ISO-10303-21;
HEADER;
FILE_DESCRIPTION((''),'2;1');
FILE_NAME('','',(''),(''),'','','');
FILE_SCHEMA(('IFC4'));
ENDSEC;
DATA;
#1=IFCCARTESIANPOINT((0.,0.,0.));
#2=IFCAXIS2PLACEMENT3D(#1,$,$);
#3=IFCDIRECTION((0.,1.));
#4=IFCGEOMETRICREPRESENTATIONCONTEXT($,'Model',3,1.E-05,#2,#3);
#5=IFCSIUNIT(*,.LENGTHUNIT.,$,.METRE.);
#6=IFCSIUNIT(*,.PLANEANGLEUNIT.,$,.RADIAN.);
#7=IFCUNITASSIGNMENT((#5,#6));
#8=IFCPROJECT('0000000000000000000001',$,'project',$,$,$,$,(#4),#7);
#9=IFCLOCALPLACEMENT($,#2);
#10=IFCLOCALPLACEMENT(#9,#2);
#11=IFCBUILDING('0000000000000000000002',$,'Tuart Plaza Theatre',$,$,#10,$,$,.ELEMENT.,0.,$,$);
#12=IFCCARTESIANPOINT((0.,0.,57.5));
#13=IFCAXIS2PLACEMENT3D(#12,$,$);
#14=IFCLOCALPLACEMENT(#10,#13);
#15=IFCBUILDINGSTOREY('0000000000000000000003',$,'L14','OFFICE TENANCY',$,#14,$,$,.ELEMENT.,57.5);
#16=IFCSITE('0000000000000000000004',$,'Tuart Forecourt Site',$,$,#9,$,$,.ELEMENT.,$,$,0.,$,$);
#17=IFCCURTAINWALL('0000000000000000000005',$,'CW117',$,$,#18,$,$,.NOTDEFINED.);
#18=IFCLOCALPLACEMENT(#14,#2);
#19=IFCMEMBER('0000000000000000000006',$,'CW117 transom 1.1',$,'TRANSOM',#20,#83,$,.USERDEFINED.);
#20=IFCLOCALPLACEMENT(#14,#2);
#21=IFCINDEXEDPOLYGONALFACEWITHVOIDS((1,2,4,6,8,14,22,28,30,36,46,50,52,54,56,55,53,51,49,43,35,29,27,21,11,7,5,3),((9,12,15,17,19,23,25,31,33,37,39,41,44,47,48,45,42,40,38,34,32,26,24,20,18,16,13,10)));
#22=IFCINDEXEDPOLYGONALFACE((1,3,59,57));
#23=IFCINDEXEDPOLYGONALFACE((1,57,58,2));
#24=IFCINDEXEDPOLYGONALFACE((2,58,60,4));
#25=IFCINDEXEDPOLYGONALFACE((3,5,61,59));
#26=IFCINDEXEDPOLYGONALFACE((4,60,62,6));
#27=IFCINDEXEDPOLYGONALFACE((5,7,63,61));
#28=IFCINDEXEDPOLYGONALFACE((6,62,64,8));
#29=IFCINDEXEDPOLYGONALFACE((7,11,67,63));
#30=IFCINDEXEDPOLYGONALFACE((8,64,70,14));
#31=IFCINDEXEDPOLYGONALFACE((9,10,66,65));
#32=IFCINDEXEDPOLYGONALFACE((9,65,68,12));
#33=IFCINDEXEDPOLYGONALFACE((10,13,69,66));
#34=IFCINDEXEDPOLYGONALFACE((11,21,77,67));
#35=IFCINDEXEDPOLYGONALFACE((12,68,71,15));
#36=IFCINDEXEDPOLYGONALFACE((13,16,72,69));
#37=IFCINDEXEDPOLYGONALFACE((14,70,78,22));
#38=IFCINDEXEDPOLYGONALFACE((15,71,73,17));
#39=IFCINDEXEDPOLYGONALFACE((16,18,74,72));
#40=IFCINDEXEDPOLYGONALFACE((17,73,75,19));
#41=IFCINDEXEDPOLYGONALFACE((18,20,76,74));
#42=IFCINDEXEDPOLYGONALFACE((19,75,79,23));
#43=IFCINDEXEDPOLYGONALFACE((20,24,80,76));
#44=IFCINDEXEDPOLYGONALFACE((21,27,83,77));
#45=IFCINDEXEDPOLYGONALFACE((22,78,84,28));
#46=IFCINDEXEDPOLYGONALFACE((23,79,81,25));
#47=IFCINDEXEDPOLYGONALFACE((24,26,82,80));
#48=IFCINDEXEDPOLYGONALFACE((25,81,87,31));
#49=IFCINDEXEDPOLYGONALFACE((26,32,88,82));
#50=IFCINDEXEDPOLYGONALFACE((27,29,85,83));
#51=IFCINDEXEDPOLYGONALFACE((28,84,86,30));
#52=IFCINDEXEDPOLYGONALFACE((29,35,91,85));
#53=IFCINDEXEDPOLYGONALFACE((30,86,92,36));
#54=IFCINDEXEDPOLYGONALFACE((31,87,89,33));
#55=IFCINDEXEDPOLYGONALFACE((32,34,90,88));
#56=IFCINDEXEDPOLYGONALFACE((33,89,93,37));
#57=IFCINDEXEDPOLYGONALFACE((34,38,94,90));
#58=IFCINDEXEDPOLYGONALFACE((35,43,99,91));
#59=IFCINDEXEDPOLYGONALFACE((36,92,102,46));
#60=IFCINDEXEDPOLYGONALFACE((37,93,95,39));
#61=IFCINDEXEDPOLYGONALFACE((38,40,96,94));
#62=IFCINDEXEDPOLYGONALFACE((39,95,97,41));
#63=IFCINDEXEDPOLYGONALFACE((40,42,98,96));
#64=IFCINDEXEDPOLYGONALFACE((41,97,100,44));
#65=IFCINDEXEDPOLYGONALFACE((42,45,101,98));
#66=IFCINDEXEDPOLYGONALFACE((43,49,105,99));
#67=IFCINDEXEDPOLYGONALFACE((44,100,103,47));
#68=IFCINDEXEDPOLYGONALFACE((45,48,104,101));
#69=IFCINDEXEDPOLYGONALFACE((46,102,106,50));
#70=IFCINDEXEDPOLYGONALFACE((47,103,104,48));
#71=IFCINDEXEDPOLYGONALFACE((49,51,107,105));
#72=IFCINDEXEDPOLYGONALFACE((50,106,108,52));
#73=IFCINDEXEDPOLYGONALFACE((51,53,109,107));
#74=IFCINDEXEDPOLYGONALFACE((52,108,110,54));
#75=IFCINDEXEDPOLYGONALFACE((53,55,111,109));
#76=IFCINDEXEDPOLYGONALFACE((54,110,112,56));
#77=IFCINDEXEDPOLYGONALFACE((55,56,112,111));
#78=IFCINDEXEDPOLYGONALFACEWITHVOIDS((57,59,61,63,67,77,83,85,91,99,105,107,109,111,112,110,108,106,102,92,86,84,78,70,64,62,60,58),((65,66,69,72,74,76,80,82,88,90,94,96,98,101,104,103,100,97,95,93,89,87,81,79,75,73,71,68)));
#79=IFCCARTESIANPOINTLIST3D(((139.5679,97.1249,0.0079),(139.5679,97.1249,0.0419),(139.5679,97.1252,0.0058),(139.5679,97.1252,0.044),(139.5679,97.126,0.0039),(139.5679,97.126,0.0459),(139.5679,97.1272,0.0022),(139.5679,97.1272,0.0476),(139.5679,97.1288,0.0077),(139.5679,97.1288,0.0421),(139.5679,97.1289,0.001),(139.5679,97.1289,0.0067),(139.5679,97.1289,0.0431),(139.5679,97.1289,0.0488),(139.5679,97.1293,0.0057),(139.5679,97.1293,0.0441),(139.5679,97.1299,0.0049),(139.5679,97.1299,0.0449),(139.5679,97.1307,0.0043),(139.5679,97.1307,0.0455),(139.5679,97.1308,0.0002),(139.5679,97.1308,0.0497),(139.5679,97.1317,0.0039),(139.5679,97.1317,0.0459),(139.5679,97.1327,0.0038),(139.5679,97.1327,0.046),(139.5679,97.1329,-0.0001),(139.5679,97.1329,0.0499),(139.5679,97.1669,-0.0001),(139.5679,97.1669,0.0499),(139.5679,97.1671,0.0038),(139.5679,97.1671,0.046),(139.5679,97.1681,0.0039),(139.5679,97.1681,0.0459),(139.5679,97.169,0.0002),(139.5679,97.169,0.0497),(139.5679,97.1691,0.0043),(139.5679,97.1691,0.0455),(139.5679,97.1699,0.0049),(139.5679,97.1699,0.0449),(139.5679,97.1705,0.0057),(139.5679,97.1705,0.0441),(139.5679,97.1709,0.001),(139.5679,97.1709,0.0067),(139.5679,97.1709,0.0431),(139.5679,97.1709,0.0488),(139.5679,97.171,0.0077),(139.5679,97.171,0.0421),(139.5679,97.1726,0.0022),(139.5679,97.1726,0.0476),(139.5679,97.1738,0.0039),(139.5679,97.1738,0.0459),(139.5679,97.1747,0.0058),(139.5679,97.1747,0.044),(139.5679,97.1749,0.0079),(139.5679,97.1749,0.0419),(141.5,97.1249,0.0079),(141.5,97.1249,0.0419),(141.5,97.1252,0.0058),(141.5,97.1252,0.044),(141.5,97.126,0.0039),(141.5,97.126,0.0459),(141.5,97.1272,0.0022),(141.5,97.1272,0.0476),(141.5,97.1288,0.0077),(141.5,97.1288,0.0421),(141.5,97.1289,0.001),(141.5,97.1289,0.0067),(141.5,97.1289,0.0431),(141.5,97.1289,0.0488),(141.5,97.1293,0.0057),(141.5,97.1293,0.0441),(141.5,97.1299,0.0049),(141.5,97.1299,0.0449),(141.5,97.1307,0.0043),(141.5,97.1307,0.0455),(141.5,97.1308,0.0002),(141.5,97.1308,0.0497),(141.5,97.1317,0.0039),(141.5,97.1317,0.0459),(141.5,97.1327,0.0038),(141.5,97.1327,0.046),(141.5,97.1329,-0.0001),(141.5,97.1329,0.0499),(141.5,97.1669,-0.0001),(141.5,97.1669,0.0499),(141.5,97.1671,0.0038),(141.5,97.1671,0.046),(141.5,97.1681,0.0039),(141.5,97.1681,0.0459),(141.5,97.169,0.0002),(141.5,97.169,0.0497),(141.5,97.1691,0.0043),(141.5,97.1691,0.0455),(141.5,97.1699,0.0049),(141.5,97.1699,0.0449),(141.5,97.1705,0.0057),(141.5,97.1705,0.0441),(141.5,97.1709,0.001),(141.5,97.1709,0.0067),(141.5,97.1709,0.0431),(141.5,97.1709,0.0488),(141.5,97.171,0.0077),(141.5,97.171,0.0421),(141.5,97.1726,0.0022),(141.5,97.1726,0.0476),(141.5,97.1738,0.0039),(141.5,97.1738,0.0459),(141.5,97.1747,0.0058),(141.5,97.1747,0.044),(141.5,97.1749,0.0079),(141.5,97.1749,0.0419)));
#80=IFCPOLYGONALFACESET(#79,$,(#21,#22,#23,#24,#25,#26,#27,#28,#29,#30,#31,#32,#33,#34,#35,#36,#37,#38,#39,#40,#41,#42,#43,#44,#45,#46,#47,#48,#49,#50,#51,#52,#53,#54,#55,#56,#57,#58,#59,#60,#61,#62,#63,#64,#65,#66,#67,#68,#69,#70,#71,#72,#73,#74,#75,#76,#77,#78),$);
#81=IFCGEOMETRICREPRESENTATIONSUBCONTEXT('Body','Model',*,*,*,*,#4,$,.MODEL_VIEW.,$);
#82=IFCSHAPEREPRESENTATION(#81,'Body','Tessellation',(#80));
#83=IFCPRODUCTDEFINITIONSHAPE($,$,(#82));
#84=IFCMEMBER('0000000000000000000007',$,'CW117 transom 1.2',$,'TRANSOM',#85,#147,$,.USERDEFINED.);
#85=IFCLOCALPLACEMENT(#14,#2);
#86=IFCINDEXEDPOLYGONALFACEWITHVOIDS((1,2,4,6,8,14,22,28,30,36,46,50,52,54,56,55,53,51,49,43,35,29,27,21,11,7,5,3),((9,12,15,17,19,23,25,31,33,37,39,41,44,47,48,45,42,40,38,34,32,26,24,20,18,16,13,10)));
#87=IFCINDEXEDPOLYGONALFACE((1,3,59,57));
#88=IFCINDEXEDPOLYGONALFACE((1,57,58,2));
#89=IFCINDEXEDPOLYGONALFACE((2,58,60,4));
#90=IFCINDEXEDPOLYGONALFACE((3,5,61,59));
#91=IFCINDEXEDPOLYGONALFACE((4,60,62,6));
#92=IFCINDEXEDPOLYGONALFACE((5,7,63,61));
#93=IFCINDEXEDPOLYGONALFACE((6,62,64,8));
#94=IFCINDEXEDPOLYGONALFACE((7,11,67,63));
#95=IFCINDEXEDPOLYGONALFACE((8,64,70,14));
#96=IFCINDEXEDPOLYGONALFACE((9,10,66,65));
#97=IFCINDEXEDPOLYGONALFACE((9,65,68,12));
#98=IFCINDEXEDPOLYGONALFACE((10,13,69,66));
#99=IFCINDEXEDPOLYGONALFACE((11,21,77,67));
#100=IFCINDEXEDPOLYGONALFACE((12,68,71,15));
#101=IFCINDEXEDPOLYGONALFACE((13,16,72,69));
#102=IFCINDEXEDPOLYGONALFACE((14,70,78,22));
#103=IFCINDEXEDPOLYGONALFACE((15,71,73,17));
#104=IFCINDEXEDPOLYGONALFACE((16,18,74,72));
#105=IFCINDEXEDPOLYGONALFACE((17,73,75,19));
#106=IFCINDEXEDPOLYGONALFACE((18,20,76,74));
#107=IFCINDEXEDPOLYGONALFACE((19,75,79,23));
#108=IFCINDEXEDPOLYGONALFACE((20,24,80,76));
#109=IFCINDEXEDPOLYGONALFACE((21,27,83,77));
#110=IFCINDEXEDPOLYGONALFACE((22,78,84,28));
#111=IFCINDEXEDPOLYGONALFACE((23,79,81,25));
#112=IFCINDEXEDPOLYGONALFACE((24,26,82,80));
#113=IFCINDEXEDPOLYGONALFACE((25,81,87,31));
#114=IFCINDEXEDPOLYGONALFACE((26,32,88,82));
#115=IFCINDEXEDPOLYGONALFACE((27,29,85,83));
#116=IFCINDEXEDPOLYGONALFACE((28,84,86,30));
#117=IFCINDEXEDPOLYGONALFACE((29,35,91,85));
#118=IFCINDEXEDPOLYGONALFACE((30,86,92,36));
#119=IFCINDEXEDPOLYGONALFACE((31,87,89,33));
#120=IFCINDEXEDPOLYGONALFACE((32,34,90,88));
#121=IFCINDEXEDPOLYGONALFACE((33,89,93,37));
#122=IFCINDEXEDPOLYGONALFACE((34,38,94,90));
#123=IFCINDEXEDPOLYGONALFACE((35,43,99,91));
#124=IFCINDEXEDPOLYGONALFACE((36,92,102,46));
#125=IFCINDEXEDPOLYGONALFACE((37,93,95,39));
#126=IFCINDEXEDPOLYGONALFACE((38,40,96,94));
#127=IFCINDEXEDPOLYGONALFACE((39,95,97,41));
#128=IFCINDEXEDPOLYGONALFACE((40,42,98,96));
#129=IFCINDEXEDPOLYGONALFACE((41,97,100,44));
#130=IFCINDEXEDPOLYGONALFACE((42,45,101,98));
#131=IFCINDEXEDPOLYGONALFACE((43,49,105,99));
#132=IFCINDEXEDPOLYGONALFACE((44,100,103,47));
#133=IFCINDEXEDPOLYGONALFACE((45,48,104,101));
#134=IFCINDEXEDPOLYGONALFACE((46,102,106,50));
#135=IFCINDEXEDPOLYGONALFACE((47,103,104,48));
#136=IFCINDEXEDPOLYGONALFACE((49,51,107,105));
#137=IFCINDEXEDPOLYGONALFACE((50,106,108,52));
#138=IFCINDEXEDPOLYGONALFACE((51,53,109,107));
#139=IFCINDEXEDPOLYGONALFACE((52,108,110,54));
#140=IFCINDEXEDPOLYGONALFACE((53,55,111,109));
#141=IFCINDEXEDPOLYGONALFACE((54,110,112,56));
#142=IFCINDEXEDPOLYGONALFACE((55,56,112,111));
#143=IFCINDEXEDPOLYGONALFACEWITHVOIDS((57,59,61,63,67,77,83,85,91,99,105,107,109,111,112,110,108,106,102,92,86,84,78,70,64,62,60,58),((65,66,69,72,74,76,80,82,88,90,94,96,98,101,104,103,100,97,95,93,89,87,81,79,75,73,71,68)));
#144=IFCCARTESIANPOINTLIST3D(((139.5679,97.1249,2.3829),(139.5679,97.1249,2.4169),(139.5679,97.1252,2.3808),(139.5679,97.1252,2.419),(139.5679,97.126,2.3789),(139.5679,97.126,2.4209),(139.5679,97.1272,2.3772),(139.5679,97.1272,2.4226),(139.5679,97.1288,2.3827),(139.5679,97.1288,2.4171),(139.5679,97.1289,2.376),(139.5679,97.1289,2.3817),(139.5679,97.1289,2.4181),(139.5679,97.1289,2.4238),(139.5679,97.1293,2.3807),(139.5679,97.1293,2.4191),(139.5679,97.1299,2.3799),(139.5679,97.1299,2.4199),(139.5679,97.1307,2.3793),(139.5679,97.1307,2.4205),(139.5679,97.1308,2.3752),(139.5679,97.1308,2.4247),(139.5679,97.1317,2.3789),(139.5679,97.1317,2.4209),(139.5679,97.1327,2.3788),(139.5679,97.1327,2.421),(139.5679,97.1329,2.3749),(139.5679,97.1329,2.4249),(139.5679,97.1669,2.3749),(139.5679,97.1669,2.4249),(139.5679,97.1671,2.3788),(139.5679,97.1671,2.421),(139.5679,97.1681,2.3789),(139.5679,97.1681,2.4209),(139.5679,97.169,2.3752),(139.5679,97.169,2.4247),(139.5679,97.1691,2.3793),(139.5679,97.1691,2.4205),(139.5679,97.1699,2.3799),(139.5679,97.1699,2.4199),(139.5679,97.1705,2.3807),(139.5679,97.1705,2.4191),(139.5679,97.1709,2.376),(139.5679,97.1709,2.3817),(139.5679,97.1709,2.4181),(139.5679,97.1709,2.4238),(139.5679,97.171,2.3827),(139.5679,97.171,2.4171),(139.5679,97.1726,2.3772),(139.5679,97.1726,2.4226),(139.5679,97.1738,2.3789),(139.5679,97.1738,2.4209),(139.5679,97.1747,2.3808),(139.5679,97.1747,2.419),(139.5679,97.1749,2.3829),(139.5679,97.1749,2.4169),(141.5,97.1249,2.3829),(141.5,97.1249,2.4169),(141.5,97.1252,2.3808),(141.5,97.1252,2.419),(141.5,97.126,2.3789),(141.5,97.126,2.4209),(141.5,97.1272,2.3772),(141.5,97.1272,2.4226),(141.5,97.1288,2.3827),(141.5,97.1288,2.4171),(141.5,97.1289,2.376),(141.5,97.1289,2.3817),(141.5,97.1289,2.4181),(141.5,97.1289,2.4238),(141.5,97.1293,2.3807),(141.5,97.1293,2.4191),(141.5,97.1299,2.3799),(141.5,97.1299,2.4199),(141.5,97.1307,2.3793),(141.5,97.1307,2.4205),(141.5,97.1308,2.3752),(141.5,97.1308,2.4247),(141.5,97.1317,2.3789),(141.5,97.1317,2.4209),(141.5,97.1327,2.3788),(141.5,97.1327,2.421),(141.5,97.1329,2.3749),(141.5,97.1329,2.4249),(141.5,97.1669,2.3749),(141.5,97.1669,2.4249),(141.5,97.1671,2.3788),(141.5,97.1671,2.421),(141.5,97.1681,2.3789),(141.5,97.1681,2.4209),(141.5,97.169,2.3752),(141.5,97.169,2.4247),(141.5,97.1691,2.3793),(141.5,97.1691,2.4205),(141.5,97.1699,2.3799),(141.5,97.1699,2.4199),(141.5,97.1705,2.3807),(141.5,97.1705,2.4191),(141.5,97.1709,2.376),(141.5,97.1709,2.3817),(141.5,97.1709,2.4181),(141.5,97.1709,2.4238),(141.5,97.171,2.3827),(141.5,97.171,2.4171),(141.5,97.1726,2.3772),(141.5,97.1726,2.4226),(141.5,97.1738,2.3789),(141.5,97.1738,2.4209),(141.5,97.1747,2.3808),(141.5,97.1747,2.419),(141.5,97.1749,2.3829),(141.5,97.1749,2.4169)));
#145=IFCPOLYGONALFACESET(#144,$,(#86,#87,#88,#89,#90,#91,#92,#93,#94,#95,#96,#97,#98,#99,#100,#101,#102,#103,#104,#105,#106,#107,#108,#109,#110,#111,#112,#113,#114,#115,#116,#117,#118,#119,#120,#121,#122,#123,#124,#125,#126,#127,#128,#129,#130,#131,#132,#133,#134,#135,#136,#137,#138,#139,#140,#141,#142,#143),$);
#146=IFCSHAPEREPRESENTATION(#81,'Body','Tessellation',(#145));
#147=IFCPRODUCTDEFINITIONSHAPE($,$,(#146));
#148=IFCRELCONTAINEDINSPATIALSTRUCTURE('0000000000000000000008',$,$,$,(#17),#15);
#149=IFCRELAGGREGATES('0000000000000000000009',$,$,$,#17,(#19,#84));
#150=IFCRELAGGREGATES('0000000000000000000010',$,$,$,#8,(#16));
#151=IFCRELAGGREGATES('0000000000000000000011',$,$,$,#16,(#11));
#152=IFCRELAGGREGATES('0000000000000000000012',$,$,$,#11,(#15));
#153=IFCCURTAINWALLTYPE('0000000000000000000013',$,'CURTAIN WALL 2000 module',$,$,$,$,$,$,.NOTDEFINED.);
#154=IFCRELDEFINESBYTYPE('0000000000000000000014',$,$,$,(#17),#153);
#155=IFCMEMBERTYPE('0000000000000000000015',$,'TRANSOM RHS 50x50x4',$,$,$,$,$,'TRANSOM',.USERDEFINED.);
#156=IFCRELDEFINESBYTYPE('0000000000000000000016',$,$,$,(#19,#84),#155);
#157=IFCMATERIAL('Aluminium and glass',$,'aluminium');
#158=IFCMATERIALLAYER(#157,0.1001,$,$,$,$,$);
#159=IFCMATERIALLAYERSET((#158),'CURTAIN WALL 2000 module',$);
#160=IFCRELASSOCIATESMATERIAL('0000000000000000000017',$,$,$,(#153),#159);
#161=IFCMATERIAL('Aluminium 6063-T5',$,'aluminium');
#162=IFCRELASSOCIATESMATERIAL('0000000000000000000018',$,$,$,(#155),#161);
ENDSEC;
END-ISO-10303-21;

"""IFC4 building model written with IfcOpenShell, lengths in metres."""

from ifc_helpers import new_model, si_unit, direction, frame, origin, origin_2d, place, context, subcontext, project, spatial, hollow_rectangle, extrude, material, layer, layer_set, material_profile, profile_set, type_object, element, aggregate, save


model = new_model("IFC4")

# Units and contexts
model_context = context("Model", 3, precision=1e-05, world=origin(), true_north=direction((0.0, 1.0)))
body_context = subcontext(model_context, "Body", "Model", "MODEL_VIEW")
ifc_project = project(units=[si_unit("LENGTHUNIT", "METRE"), si_unit("PLANEANGLEUNIT", "RADIAN")], contexts=[model_context])

# Site, building, storey
site_placement = place(None, origin())
site = spatial("IfcSite", under=ifc_project, at=site_placement, Name="Tuart Forecourt Site", CompositionType="ELEMENT", RefElevation=0.0)
building_placement = place(site_placement, origin())
building = spatial("IfcBuilding", under=site, at=building_placement, Name="Tuart Plaza Theatre", CompositionType="ELEMENT", ElevationOfRefHeight=0.0)
storey_placement = place(building_placement, frame((0.0, 0.0, 57.5)))
storey = spatial("IfcBuildingStorey", under=building, at=storey_placement, Name="L14", Description="OFFICE TENANCY", CompositionType="ELEMENT", Elevation=57.5)

# Curtain wall
ifc_material_1 = material(Name="Aluminium and glass", Category="aluminium")
ifc_layer_1 = layer(ifc_material_1, 0.1001)
ifc_layer_set_1 = layer_set([ifc_layer_1], Name="CURTAIN WALL 2000 module")
curtain_wall_type = type_object("IfcCurtainWallType", Name="CURTAIN WALL 2000 module", PredefinedType="NOTDEFINED", material=ifc_layer_set_1)
curtain_wall_1_placement = place(storey_placement, origin())
curtain_wall_1 = element("IfcCurtainWall", 1, at=curtain_wall_1_placement, inside=storey, type_object=curtain_wall_type, Name="CW117", PredefinedType="NOTDEFINED")

# Members
ifc_material_2 = material(Name="Aluminium 6063-T5", Category="aluminium")
ifc_material_profile_1 = material_profile(ifc_material_2, hollow_rectangle(XDim=0.05, YDim=0.05, WallThickness=0.0039, InnerFilletRadius=0.0039, OuterFilletRadius=0.0081, at=origin_2d()), Name="RHS 50x50x4")
ifc_profile_set_1 = profile_set([ifc_material_profile_1], Name="Aluminium 6063-T5")
member_type_1 = type_object("IfcMemberType", Name="TRANSOM RHS 50x50x4", ElementType="TRANSOM", PredefinedType="USERDEFINED", material=ifc_profile_set_1)
member_1_placement = place(storey_placement, frame((141.5, 97.1499, 0.0249), z_axis=(-1.0, 0.0, 0.0), x_axis=(0.0, -1.0, 0.0)))
member_1 = element("IfcMember", 2, at=member_1_placement, type_object=member_type_1, Name="CW117 transom 1.1", ObjectType="TRANSOM", PredefinedType="USERDEFINED", context=body_context, shape_type="SweptSolid", body=[
    extrude(hollow_rectangle(XDim=0.05, YDim=0.05, WallThickness=0.0039, InnerFilletRadius=0.0039, OuterFilletRadius=0.0081, at=origin_2d()), origin(), (0.0, 0.0, 1.0), 1.9321),
])
member_2_placement = place(storey_placement, frame((141.5, 97.1499, 2.3999), z_axis=(-1.0, 0.0, 0.0), x_axis=(0.0, -1.0, 0.0)))
member_2 = element("IfcMember", 3, at=member_2_placement, type_object=member_type_1, Name="CW117 transom 1.2", ObjectType="TRANSOM", PredefinedType="USERDEFINED", context=body_context, shape_type="SweptSolid", body=[
    extrude(hollow_rectangle(XDim=0.05, YDim=0.05, WallThickness=0.0039, InnerFilletRadius=0.0039, OuterFilletRadius=0.0081, at=origin_2d()), origin(), (0.0, 0.0, 1.0), 1.9321),
])

aggregate(curtain_wall_1, [member_1, member_2])

save(model, "model.ifc")
